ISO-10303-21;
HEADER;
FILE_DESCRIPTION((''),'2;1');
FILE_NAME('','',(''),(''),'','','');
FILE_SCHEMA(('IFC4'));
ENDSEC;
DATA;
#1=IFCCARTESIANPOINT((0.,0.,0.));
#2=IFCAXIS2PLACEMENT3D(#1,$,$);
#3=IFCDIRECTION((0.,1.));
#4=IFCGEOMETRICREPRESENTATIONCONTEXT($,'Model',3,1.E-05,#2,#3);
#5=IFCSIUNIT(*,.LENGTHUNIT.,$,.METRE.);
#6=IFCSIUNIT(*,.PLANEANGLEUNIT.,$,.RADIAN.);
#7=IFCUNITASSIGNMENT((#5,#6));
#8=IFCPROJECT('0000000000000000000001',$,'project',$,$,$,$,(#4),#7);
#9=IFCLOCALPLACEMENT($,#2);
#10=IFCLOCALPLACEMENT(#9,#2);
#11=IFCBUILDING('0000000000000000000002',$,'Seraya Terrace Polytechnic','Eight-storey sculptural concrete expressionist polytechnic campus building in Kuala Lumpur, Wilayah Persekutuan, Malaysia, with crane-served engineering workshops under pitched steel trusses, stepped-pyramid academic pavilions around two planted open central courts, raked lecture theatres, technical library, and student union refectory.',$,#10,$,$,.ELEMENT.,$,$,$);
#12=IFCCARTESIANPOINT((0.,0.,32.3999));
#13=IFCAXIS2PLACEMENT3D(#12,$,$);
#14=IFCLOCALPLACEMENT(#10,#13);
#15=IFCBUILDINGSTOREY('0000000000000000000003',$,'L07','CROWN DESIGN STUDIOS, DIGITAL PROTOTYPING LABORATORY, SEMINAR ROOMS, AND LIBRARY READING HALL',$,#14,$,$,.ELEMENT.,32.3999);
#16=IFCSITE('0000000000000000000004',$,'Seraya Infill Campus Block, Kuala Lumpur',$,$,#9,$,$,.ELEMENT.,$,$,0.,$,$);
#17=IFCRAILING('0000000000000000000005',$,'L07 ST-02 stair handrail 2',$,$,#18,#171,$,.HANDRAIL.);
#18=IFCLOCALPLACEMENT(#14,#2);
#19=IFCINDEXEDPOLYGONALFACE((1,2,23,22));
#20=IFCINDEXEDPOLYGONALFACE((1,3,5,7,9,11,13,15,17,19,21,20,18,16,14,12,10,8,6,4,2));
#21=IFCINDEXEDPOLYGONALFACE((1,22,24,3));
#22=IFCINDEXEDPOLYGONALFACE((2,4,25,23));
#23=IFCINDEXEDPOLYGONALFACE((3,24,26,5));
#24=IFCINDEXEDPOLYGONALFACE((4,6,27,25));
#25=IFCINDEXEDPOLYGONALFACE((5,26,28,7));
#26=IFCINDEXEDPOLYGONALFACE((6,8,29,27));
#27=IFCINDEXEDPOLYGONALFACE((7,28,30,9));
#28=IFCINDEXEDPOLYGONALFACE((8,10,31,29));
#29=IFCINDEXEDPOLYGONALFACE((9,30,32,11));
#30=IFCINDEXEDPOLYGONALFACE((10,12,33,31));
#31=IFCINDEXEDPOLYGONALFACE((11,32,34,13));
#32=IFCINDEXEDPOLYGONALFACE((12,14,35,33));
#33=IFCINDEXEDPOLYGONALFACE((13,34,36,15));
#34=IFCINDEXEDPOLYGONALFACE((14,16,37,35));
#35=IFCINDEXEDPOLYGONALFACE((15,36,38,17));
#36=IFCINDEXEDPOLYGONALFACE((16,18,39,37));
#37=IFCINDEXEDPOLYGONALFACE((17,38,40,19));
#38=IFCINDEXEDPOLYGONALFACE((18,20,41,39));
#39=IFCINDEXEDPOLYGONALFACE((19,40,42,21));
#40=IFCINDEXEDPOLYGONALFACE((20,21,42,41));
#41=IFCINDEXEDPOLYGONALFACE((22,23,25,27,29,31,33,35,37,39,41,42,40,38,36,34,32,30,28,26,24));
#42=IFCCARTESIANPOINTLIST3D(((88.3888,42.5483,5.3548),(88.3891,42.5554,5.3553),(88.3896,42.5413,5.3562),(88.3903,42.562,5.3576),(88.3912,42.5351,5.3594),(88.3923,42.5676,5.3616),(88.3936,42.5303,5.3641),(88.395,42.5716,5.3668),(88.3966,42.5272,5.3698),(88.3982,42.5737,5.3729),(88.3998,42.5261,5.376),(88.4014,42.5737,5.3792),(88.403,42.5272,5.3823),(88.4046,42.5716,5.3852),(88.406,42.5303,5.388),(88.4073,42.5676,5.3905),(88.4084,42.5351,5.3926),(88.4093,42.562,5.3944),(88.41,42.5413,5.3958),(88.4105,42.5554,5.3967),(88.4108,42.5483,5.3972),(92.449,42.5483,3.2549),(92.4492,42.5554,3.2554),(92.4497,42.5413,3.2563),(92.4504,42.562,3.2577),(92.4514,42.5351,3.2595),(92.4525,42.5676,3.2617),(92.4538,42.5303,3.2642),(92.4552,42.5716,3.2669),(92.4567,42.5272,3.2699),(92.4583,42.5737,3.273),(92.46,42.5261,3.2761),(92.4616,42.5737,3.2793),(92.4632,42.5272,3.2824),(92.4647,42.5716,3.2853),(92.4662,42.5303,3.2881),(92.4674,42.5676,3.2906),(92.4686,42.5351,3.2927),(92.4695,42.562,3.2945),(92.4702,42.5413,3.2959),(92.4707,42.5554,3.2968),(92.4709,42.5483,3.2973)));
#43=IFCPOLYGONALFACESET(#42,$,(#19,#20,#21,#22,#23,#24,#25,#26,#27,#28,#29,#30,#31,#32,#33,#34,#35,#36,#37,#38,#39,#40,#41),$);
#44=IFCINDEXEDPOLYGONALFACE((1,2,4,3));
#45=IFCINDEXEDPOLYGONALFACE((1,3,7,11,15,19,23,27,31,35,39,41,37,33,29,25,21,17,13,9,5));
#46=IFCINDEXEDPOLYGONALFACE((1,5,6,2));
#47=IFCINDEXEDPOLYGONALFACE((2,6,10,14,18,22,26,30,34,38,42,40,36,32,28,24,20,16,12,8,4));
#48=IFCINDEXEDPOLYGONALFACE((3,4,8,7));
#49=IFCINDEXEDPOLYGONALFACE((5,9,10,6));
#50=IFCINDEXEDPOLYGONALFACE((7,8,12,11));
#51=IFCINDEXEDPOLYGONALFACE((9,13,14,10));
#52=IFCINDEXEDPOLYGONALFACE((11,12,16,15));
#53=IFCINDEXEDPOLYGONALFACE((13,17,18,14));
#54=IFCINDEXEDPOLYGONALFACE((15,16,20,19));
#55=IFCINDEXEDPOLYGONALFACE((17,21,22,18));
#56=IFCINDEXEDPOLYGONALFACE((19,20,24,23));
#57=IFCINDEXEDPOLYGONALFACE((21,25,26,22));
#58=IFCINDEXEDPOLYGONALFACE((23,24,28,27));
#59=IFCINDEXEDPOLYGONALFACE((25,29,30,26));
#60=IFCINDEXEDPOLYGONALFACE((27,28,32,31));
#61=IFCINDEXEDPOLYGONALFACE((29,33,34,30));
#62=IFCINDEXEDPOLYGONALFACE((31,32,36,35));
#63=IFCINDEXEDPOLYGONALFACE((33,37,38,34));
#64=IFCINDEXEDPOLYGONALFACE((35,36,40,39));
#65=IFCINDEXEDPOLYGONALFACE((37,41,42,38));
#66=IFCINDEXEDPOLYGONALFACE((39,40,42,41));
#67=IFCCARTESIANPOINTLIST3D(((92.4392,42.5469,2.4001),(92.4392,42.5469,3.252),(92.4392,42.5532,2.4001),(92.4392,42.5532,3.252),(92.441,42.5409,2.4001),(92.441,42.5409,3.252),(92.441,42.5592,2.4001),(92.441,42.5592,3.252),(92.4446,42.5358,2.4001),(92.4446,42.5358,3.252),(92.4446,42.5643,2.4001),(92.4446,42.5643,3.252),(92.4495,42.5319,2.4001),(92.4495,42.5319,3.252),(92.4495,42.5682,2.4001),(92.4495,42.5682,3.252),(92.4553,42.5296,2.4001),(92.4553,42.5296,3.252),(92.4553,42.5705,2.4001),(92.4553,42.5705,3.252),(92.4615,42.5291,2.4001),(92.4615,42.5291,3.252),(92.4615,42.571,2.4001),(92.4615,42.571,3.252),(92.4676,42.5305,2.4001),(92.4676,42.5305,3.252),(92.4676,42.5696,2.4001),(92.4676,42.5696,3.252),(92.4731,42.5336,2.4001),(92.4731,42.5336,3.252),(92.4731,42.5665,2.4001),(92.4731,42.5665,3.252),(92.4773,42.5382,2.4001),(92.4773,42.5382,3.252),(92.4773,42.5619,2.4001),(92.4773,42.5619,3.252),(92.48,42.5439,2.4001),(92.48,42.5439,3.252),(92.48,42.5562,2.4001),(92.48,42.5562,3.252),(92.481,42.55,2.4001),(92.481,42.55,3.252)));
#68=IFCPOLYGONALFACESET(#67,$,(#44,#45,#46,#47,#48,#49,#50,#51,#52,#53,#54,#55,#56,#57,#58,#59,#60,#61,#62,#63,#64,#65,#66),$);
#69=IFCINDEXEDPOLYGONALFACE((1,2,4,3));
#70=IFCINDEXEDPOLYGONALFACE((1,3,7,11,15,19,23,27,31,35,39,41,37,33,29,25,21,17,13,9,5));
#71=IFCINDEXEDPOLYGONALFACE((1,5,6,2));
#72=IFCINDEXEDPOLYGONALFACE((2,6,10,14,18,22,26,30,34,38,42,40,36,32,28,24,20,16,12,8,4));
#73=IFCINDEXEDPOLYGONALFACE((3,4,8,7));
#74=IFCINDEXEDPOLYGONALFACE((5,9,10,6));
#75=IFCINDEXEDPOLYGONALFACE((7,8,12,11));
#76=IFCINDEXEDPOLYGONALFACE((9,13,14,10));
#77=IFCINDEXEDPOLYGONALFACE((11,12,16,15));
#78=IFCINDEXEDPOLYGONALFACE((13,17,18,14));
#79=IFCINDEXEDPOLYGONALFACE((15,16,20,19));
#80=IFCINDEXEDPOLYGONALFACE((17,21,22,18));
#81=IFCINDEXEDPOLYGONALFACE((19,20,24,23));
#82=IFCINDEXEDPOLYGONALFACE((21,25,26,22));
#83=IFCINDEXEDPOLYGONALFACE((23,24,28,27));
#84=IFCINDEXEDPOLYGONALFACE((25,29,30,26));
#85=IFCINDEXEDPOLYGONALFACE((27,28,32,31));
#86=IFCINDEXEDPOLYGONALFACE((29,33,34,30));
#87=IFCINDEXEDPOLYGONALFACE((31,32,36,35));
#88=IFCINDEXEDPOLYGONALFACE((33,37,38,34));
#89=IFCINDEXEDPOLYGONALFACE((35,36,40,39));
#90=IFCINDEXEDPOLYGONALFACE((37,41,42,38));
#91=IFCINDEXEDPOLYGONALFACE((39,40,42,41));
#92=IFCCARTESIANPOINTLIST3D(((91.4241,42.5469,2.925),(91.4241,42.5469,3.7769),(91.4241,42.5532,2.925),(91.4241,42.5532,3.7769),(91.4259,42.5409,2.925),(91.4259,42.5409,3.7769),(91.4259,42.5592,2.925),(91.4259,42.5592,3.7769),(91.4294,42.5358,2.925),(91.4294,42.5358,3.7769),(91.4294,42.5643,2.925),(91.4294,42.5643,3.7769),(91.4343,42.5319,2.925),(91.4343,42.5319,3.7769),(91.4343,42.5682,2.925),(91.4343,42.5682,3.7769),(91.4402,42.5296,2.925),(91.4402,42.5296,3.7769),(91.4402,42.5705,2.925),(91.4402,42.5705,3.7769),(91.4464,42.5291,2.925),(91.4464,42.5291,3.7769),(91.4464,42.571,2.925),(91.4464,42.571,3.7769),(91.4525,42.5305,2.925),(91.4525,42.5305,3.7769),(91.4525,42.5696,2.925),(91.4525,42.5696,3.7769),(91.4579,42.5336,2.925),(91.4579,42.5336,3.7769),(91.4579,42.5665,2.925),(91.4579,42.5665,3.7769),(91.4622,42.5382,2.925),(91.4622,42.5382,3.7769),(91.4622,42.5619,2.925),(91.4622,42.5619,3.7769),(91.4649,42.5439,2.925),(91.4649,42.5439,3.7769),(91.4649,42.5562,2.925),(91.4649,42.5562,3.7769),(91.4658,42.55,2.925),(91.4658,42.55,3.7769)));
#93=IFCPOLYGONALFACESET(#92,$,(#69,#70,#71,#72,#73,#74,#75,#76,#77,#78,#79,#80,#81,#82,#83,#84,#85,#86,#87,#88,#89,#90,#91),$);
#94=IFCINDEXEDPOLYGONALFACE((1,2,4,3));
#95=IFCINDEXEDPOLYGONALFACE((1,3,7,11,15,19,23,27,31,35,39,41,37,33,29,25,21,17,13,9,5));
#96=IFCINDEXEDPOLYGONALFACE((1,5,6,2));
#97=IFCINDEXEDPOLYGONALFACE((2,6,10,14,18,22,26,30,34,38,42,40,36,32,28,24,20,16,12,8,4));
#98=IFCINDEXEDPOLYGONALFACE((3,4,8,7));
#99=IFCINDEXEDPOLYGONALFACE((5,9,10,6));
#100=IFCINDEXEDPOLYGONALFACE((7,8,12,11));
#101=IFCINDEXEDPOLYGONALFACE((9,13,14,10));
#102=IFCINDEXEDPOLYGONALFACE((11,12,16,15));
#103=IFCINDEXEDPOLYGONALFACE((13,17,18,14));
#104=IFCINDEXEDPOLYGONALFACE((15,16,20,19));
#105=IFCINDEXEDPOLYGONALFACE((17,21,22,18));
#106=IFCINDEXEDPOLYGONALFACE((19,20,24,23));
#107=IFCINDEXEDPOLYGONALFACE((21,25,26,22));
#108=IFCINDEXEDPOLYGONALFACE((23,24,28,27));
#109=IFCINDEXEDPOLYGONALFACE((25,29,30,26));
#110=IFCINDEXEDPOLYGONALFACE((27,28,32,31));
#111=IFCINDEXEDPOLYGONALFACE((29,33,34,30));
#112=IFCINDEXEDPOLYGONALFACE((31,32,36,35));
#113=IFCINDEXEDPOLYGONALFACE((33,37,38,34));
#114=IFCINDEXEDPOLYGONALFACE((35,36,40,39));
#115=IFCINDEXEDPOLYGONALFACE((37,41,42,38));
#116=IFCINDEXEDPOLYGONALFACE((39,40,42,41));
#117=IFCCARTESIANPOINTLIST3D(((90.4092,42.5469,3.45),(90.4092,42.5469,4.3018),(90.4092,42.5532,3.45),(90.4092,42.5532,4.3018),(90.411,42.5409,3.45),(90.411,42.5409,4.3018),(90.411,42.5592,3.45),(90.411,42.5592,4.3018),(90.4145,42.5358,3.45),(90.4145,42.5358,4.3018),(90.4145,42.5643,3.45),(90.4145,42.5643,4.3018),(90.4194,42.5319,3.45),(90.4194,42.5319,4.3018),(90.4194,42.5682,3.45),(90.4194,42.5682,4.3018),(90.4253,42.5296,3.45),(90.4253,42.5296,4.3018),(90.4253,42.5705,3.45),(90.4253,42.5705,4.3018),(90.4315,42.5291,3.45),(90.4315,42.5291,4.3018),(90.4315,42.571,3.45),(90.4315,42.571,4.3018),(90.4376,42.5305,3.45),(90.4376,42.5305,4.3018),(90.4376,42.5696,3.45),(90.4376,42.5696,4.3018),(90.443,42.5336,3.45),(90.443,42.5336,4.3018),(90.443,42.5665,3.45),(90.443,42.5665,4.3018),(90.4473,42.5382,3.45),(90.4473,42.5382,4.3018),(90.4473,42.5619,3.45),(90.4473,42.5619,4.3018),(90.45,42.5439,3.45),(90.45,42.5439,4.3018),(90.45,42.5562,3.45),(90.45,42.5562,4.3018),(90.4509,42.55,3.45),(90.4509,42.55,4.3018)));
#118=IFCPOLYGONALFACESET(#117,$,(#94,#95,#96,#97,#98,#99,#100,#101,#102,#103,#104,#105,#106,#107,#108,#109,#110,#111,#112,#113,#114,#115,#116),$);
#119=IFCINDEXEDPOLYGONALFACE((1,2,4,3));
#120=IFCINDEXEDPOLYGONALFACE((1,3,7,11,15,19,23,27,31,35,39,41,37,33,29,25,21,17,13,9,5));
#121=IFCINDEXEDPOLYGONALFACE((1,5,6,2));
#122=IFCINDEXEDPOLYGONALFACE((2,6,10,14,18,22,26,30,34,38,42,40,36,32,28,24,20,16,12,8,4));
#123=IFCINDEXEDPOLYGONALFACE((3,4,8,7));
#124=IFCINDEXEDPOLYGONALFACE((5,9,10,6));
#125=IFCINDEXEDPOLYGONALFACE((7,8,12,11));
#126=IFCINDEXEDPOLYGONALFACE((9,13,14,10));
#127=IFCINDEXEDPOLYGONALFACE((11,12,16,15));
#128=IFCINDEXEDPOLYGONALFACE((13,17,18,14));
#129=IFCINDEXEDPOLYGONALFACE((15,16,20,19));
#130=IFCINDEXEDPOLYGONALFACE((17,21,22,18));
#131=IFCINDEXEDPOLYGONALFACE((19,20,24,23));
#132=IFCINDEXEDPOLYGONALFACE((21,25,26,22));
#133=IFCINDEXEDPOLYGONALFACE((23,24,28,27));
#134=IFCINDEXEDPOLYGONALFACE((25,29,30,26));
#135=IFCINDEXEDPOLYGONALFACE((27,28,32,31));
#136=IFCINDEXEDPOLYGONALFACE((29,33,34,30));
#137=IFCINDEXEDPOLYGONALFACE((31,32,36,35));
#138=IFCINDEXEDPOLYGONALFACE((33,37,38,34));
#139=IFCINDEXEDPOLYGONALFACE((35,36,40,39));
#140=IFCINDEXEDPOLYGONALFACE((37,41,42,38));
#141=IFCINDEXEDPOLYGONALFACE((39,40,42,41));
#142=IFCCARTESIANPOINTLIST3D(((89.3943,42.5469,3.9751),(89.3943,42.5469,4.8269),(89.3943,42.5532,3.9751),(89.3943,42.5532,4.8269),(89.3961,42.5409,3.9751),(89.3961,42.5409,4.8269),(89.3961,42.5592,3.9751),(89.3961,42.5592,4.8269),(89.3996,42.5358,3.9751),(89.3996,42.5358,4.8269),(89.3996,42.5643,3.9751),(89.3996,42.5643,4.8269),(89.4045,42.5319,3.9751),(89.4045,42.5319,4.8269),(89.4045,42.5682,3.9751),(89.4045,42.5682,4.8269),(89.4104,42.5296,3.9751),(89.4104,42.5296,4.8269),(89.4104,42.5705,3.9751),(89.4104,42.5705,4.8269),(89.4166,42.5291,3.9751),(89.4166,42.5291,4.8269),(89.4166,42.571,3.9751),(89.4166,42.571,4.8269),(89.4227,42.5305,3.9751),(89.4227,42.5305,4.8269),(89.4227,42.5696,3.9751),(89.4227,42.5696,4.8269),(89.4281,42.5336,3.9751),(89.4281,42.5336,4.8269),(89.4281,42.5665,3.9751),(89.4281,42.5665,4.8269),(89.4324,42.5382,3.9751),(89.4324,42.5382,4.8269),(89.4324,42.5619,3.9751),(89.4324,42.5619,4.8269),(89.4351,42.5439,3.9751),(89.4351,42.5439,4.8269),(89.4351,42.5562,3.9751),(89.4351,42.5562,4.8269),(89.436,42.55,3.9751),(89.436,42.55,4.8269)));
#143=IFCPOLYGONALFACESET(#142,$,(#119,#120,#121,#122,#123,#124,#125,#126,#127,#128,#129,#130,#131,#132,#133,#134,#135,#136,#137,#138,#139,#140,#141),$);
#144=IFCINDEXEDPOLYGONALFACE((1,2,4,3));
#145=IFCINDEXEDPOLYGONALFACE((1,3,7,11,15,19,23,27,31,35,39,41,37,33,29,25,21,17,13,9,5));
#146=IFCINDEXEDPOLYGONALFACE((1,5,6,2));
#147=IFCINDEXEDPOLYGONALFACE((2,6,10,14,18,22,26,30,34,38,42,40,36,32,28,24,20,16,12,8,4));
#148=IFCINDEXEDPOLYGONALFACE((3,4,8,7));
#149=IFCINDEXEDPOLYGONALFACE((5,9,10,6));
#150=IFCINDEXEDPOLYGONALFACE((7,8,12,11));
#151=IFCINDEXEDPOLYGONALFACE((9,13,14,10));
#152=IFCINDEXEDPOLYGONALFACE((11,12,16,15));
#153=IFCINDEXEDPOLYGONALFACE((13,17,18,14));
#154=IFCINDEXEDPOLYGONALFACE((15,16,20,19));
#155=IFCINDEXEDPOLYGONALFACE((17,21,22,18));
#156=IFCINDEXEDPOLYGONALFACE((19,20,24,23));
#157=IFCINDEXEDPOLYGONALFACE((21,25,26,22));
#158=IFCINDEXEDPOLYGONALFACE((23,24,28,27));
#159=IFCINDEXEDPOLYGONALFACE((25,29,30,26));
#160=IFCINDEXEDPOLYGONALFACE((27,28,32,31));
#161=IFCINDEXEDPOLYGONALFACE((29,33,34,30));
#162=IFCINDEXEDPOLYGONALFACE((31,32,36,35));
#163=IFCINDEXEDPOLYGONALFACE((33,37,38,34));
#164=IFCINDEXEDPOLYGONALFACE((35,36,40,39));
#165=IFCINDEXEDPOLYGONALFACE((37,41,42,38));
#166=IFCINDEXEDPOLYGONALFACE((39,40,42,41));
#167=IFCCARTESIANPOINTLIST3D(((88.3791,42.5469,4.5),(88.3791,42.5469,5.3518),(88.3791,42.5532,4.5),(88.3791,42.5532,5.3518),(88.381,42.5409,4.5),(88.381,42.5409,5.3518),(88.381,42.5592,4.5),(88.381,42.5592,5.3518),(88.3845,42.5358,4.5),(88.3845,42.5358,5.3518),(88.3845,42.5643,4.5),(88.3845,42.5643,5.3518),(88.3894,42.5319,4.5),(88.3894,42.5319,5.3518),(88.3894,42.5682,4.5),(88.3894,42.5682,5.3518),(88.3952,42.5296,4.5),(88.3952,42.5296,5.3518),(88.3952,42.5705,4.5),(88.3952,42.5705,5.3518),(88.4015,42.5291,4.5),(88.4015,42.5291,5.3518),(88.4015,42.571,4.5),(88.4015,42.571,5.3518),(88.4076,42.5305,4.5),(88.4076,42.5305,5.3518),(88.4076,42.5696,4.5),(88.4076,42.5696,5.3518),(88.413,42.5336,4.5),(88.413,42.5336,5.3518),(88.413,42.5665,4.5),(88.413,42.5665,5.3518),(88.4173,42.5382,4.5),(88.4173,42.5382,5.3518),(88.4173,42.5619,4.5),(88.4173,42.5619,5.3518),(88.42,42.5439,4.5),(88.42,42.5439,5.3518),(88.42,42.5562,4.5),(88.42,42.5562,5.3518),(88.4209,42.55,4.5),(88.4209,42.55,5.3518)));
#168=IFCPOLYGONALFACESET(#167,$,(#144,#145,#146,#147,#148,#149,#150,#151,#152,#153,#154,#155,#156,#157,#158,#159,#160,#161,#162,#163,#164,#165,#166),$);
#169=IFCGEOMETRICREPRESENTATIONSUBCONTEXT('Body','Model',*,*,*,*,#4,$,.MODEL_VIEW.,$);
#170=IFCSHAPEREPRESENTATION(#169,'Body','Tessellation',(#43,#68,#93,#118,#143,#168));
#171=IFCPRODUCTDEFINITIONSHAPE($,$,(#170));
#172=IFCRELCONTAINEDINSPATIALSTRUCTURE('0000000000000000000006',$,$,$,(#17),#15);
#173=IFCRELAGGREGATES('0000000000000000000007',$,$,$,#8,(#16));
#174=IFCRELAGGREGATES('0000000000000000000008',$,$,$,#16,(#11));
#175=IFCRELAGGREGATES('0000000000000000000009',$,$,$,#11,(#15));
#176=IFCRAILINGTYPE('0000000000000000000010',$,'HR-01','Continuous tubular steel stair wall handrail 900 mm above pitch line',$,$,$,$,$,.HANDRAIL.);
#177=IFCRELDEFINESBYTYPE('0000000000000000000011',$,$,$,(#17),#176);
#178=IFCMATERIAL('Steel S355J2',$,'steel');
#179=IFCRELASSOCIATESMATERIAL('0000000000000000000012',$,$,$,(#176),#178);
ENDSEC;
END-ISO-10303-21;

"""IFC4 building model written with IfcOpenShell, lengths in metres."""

from ifc_helpers import new_model, si_unit, direction, frame, origin, origin_2d, place, context, subcontext, project, spatial, circle, extrude, material, type_object, element, save


model = new_model("IFC4")

# Units and contexts
model_context = context("Model", 3, precision=1e-05, world=origin(), true_north=direction((0.0, 1.0)))
body_context = subcontext(model_context, "Body", "Model", "MODEL_VIEW")
ifc_project = project(units=[si_unit("LENGTHUNIT", "METRE"), si_unit("PLANEANGLEUNIT", "RADIAN")], contexts=[model_context])

# Site, building, storey
site_placement = place(None, origin())
site = spatial("IfcSite", under=ifc_project, at=site_placement, Name="Seraya Infill Campus Block, Kuala Lumpur", CompositionType="ELEMENT", RefElevation=0.0)
building_placement = place(site_placement, origin())
building = spatial("IfcBuilding", under=site, at=building_placement, Name="Seraya Terrace Polytechnic", Description="Eight-storey sculptural concrete expressionist polytechnic campus building in Kuala Lumpur, Wilayah Persekutuan, Malaysia, with crane-served engineering workshops under pitched steel trusses, stepped-pyramid academic pavilions around two planted open central courts, raked lecture theatres, technical library, and student union refectory.", CompositionType="ELEMENT")
storey_placement = place(building_placement, frame((0.0, 0.0, 32.3999)))
storey = spatial("IfcBuildingStorey", under=building, at=storey_placement, Name="L07", Description="CROWN DESIGN STUDIOS, DIGITAL PROTOTYPING LABORATORY, SEMINAR ROOMS, AND LIBRARY READING HALL", CompositionType="ELEMENT", Elevation=32.3999)

# Railing
ifc_material_1 = material(Name="Steel S355J2", Category="steel")
railing_type = type_object("IfcRailingType", Name="HR-01", Description="Continuous tubular steel stair wall handrail 900 mm above pitch line", PredefinedType="HANDRAIL", material=ifc_material_1)
railing_placement = place(storey_placement, frame((92.46, 42.55, 2.4001)))
element("IfcRailing", 1, at=railing_placement, inside=storey, type_object=railing_type, Name="L07 ST-02 stair handrail 2", PredefinedType="HANDRAIL", context=body_context, shape_type="SweptSolid", body=[
    extrude(circle(Radius=0.0239, at=origin_2d()), frame((0.0, 0.0, 0.876), z_axis=(-0.888233, 0.0, 0.459392), x_axis=(0.0, -1.0, 0.0)), (0.0, 0.0, 1.0), 4.571),
    extrude(circle(Radius=0.021, at=origin_2d()), origin(), (0.0, 0.0, 1.0), 0.8518),
    extrude(circle(Radius=0.021, at=origin_2d()), frame((-1.0151, 0.0, 0.5249)), (0.0, 0.0, 1.0), 0.8518),
    extrude(circle(Radius=0.021, at=origin_2d()), frame((-2.03, 0.0, 1.0498)), (0.0, 0.0, 1.0), 0.8518),
    extrude(circle(Radius=0.021, at=origin_2d()), frame((-3.0449, 0.0, 1.575)), (0.0, 0.0, 1.0), 0.8518),
    extrude(circle(Radius=0.021, at=origin_2d()), frame((-4.0601, 0.0, 2.0999)), (0.0, 0.0, 1.0), 0.8518),
])

save(model, "model.ifc")
